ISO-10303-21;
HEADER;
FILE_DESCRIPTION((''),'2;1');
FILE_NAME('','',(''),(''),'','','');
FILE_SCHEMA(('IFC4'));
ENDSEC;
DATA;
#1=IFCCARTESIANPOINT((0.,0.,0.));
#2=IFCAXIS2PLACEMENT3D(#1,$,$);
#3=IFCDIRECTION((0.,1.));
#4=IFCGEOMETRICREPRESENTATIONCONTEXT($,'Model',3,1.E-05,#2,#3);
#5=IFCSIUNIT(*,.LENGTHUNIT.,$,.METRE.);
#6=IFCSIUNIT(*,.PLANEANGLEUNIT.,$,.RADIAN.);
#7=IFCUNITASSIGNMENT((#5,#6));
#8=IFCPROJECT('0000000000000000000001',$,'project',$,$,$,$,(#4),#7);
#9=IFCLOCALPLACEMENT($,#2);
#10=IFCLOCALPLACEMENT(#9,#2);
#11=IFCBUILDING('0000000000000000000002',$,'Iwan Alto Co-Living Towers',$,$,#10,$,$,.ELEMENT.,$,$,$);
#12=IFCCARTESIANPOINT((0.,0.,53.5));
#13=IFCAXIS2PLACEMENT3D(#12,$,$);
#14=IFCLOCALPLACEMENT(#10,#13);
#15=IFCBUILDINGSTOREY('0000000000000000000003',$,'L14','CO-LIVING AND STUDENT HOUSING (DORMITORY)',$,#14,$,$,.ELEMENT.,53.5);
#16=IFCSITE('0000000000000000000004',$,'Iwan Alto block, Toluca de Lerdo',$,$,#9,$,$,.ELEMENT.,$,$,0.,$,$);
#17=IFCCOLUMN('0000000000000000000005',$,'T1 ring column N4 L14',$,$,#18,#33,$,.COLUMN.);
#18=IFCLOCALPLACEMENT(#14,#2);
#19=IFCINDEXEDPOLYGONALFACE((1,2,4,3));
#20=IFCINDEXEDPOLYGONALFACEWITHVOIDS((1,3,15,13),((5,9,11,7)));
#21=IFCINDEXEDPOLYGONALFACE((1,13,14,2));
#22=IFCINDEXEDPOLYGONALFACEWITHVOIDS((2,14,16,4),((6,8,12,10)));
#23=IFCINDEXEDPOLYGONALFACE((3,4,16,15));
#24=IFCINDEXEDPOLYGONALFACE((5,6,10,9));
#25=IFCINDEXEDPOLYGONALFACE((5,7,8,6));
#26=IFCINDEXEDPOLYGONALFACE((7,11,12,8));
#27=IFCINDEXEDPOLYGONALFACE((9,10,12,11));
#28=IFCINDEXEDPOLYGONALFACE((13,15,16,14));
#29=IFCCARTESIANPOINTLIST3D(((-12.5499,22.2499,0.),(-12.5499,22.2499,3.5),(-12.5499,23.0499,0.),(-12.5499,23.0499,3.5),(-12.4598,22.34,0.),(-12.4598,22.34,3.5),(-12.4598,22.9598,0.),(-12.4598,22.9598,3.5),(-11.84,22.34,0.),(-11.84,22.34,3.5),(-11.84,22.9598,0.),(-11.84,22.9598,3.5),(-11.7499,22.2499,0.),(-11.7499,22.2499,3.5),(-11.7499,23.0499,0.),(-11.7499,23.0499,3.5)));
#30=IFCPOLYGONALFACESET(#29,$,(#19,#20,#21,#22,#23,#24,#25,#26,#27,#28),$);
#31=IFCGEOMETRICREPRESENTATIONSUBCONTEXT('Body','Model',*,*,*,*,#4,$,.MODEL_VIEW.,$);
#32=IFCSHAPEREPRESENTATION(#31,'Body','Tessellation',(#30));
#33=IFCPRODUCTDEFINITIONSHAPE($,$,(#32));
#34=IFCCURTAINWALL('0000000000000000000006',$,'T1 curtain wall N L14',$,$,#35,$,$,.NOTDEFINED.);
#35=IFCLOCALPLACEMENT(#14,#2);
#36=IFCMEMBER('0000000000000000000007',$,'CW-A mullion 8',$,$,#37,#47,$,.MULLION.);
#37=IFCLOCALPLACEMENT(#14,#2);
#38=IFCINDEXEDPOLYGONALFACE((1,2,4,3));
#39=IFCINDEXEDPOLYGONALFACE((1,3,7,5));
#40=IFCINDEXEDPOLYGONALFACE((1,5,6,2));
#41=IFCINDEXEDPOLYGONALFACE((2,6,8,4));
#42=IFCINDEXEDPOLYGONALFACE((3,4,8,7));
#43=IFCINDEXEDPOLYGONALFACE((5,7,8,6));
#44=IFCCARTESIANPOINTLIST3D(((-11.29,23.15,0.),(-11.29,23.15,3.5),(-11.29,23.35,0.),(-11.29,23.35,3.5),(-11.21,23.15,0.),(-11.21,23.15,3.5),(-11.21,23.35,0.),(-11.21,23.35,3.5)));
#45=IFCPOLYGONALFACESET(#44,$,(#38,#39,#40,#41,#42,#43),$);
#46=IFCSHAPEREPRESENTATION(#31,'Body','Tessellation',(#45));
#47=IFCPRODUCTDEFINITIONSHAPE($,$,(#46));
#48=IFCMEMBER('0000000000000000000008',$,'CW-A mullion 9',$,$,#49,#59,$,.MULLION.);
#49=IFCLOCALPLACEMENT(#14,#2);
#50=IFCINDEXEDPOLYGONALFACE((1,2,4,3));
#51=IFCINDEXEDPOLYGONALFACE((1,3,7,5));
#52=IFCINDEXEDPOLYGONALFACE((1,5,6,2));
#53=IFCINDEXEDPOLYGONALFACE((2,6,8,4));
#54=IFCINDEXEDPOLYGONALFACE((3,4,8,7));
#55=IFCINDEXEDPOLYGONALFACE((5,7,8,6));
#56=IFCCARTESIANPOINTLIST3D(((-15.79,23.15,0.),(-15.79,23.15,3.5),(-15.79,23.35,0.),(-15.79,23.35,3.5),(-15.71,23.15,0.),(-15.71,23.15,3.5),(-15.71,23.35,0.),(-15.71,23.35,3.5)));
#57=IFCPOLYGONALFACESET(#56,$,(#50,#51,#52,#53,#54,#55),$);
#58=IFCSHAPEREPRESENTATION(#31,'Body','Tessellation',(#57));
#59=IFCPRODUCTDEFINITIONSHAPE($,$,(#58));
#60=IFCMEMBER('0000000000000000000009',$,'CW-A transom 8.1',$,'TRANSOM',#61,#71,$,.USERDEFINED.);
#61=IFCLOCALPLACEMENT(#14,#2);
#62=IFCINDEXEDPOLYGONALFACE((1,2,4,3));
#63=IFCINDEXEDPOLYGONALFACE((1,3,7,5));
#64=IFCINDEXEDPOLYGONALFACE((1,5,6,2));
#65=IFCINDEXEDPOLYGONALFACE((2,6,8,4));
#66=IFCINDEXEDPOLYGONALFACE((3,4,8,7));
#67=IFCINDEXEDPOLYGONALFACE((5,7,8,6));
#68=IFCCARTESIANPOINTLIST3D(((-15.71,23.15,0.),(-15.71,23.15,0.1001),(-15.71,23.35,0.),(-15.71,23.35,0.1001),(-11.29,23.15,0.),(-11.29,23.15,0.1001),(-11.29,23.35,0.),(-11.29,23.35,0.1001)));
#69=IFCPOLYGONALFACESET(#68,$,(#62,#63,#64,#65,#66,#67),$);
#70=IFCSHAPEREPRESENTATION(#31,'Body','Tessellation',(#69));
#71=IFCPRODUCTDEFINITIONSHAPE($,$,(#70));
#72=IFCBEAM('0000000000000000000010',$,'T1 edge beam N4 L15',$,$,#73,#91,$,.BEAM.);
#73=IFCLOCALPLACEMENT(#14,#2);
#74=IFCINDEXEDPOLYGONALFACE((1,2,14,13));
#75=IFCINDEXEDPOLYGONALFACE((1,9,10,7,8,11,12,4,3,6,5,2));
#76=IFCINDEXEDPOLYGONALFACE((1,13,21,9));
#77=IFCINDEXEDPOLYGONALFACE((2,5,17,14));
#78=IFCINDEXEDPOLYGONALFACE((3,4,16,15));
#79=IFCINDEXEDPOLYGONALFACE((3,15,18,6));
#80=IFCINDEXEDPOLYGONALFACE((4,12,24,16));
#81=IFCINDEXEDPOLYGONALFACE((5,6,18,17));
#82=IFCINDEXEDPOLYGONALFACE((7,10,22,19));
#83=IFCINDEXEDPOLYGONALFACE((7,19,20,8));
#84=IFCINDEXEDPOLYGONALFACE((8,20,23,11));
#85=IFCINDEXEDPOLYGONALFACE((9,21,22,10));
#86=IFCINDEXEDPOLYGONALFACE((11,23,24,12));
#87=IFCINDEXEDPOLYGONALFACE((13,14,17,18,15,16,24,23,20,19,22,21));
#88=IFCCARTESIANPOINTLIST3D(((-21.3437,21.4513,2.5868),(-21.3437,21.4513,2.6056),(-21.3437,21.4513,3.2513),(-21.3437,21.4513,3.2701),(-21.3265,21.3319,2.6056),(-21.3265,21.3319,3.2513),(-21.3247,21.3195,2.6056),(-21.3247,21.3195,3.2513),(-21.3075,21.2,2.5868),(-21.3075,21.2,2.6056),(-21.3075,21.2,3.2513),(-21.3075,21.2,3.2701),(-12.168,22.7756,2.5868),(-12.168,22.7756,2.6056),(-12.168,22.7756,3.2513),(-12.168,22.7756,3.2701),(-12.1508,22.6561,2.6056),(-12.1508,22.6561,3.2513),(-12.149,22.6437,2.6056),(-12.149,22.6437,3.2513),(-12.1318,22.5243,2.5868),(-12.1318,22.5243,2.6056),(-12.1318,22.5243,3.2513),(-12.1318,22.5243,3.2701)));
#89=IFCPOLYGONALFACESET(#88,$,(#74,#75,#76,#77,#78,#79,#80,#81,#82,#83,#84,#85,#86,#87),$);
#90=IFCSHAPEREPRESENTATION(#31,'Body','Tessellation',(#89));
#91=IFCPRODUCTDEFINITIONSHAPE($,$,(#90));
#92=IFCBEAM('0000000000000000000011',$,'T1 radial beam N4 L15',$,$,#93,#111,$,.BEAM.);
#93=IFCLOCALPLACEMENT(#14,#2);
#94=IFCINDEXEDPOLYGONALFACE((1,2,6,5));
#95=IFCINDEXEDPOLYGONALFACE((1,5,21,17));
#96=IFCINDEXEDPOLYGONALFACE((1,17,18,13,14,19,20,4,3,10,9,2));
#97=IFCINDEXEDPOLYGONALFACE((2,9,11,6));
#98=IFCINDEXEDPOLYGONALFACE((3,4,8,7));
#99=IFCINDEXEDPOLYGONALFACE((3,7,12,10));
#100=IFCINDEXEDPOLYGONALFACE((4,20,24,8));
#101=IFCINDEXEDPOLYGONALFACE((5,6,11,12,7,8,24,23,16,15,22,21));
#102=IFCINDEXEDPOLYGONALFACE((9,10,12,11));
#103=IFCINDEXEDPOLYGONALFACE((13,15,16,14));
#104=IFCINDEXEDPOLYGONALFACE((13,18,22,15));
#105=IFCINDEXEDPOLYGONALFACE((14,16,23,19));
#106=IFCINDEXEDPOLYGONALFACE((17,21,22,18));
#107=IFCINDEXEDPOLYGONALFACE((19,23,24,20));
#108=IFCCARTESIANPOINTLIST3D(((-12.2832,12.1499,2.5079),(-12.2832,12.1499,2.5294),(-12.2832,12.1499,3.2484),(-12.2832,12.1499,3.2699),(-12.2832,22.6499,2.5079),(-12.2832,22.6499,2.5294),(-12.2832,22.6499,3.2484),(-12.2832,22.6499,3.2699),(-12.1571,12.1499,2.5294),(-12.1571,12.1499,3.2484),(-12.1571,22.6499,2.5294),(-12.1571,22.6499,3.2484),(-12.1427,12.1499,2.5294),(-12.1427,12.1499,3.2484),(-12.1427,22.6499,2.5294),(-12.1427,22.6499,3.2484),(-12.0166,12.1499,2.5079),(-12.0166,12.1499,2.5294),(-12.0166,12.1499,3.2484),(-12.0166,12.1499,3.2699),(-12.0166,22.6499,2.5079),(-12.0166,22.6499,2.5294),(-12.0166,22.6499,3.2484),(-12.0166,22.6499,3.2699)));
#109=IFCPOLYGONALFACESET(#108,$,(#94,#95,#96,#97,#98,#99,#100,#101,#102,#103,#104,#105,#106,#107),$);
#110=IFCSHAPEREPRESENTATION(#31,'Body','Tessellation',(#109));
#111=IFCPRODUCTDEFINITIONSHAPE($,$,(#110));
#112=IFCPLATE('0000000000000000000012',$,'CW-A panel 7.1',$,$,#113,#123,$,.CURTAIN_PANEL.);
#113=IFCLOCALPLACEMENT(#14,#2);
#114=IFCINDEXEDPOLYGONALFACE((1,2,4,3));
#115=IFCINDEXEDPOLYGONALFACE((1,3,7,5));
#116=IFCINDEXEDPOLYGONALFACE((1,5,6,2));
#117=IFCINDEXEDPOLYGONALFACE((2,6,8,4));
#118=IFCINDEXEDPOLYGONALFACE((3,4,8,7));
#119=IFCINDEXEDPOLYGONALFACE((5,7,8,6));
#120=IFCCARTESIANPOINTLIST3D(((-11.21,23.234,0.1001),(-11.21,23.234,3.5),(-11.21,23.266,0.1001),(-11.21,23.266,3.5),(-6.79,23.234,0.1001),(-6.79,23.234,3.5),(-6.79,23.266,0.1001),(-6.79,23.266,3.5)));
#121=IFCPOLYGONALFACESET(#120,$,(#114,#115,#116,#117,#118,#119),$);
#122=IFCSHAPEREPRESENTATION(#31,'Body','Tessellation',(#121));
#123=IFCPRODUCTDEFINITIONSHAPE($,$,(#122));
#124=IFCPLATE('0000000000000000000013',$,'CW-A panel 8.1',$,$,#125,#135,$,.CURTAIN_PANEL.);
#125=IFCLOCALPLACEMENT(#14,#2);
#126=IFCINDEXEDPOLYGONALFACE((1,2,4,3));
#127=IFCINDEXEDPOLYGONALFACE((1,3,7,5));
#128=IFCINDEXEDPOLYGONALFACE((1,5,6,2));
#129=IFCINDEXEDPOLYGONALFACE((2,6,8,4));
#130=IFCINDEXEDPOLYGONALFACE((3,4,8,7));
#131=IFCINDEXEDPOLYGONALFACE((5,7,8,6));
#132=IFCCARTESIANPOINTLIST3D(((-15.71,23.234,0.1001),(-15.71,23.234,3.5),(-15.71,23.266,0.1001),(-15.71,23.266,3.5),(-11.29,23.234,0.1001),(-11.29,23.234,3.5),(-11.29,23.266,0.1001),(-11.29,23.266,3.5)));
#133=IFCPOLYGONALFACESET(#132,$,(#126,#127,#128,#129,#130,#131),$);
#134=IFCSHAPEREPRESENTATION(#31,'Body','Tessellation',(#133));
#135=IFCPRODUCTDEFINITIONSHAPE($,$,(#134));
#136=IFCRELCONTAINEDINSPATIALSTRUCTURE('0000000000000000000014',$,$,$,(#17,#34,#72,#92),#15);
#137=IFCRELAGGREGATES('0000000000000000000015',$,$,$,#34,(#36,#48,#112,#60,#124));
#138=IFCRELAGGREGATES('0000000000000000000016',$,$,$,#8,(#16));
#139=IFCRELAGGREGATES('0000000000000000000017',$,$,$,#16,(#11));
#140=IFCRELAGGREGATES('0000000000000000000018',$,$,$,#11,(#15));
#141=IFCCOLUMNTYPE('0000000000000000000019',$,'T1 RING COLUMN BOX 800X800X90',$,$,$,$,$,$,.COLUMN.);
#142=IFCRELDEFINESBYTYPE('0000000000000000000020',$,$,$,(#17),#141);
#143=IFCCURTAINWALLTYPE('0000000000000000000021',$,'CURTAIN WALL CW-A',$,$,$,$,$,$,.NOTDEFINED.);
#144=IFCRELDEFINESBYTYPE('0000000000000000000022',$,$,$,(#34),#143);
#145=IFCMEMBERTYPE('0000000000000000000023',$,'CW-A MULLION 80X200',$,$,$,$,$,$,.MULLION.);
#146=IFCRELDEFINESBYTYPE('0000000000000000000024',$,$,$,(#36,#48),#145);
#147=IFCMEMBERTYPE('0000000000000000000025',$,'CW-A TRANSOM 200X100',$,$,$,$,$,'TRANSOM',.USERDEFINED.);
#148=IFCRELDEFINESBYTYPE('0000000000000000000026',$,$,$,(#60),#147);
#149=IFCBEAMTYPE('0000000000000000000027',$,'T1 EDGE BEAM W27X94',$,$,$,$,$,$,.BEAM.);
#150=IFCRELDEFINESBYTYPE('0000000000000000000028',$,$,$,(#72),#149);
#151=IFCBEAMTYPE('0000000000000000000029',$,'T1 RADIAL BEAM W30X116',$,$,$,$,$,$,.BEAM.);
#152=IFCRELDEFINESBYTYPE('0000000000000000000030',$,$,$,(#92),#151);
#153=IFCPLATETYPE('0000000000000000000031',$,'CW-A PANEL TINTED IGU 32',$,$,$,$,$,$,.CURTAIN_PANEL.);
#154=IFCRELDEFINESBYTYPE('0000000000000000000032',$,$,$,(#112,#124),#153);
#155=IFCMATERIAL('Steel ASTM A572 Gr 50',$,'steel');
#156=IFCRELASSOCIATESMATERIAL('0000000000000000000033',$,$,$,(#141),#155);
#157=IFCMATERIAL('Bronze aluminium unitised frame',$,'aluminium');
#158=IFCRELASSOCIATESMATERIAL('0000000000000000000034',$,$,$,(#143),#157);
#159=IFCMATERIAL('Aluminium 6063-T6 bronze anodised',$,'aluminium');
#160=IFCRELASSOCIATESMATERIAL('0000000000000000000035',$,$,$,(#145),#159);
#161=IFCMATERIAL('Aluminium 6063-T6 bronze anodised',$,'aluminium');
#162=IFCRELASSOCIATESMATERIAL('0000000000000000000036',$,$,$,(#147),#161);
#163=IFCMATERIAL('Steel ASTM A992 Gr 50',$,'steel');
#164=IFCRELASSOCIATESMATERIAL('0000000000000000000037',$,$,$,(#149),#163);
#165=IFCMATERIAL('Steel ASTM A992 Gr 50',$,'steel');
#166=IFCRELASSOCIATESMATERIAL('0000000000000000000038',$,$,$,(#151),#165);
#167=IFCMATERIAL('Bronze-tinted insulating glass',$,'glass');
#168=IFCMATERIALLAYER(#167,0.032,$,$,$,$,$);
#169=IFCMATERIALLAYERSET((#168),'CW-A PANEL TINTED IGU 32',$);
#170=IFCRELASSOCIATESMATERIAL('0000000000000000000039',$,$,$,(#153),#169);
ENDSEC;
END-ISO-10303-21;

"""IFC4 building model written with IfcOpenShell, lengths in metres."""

from ifc_helpers import new_model, si_unit, direction, frame, origin, origin_2d, place, context, subcontext, project, spatial, rectangle, hollow_rectangle, i_section, extrude, material, layer, layer_set, material_profile, profile_set, type_object, element, aggregate, save


model = new_model("IFC4")

# Units and contexts
model_context = context("Model", 3, precision=1e-05, world=origin(), true_north=direction((0.0, 1.0)))
body_context = subcontext(model_context, "Body", "Model", "MODEL_VIEW")
ifc_project = project(units=[si_unit("LENGTHUNIT", "METRE"), si_unit("PLANEANGLEUNIT", "RADIAN")], contexts=[model_context])

# Site, building, storey
site_placement = place(None, origin())
site = spatial("IfcSite", under=ifc_project, at=site_placement, Name="Iwan Alto block, Toluca de Lerdo", CompositionType="ELEMENT", RefElevation=0.0)
building_placement = place(site_placement, origin())
building = spatial("IfcBuilding", under=site, at=building_placement, Name="Iwan Alto Co-Living Towers", CompositionType="ELEMENT")
storey_placement = place(building_placement, frame((0.0, 0.0, 53.5)))
storey = spatial("IfcBuildingStorey", under=building, at=storey_placement, Name="L14", Description="CO-LIVING AND STUDENT HOUSING (DORMITORY)", CompositionType="ELEMENT", Elevation=53.5)

# Column
ifc_material_1 = material(Name="Steel ASTM A572 Gr 50", Category="steel")
ifc_material_profile_1 = material_profile(ifc_material_1, hollow_rectangle(XDim=0.8, YDim=0.8, WallThickness=0.0901, at=origin_2d()), Name="BOX 800X800X90")
ifc_profile_set_1 = profile_set([ifc_material_profile_1], Name="Steel ASTM A572 Gr 50")
column_type = type_object("IfcColumnType", Name="T1 RING COLUMN BOX 800X800X90", PredefinedType="COLUMN", material=ifc_profile_set_1)
column_placement = place(storey_placement, frame((-12.1499, 22.6499, 0.0), z_axis=(0.0, 0.0, 1.0), x_axis=(1.0, 0.0, 0.0)))
element("IfcColumn", 1, at=column_placement, inside=storey, type_object=column_type, Name="T1 ring column N4 L14", PredefinedType="COLUMN", context=body_context, shape_type="SweptSolid", body=[
    extrude(hollow_rectangle(XDim=0.8, YDim=0.8, WallThickness=0.0901, at=origin_2d()), origin(), (0.0, 0.0, 1.0), 3.5),
])

# Curtain wall, members
ifc_material_2 = material(Name="Bronze aluminium unitised frame", Category="aluminium")
curtain_wall_type = type_object("IfcCurtainWallType", Name="CURTAIN WALL CW-A", PredefinedType="NOTDEFINED", material=ifc_material_2)
curtain_wall_placement = place(storey_placement, origin())
curtain_wall = element("IfcCurtainWall", 2, at=curtain_wall_placement, inside=storey, type_object=curtain_wall_type, Name="T1 curtain wall N L14", PredefinedType="NOTDEFINED")
ifc_material_3 = material(Name="Aluminium 6063-T6 bronze anodised", Category="aluminium")
ifc_material_profile_2 = material_profile(ifc_material_3, rectangle(XDim=0.2, YDim=0.0801, at=origin_2d()), Name="AL 80X200")
ifc_profile_set_2 = profile_set([ifc_material_profile_2], Name="Aluminium 6063-T6 bronze anodised")
member_type_1 = type_object("IfcMemberType", Name="CW-A MULLION 80X200", PredefinedType="MULLION", material=ifc_profile_set_2)
member_1_placement = place(storey_placement, frame((-11.25, 23.25, 0.0), z_axis=(0.0, 0.0, 1.0), x_axis=(0.0, -1.0, 0.0)))
member_1 = element("IfcMember", 3, at=member_1_placement, type_object=member_type_1, Name="CW-A mullion 8", PredefinedType="MULLION", context=body_context, shape_type="SweptSolid", body=[
    extrude(rectangle(XDim=0.2, YDim=0.0801, at=origin_2d()), origin(), (0.0, 0.0, 1.0), 3.5),
])
member_2_placement = place(storey_placement, frame((-15.75, 23.25, 0.0), z_axis=(0.0, 0.0, 1.0), x_axis=(0.0, -1.0, 0.0)))
member_2 = element("IfcMember", 4, at=member_2_placement, type_object=member_type_1, Name="CW-A mullion 9", PredefinedType="MULLION", context=body_context, shape_type="SweptSolid", body=[
    extrude(rectangle(XDim=0.2, YDim=0.0801, at=origin_2d()), origin(), (0.0, 0.0, 1.0), 3.5),
])
ifc_material_4 = material(Name="Aluminium 6063-T6 bronze anodised", Category="aluminium")
ifc_material_profile_3 = material_profile(ifc_material_4, rectangle(XDim=0.2, YDim=0.1001, at=origin_2d()), Name="AL 200X100")
ifc_profile_set_3 = profile_set([ifc_material_profile_3], Name="Aluminium 6063-T6 bronze anodised")
member_type_2 = type_object("IfcMemberType", Name="CW-A TRANSOM 200X100", ElementType="TRANSOM", PredefinedType="USERDEFINED", material=ifc_profile_set_3)
member_3_placement = place(storey_placement, frame((-11.29, 23.25, 0.05), z_axis=(-1.0, 0.0, 0.0), x_axis=(0.0, -1.0, 0.0)))
member_3 = element("IfcMember", 5, at=member_3_placement, type_object=member_type_2, Name="CW-A transom 8.1", ObjectType="TRANSOM", PredefinedType="USERDEFINED", context=body_context, shape_type="SweptSolid", body=[
    extrude(rectangle(XDim=0.2, YDim=0.1001, at=origin_2d()), origin(), (0.0, 0.0, 1.0), 4.4199),
])

# Beams
ifc_material_5 = material(Name="Steel ASTM A992 Gr 50", Category="steel")
ifc_material_profile_4 = material_profile(ifc_material_5, i_section(OverallWidth=0.2539, OverallDepth=0.6833, WebThickness=0.0125, FlangeThickness=0.0188, at=origin_2d()), Name="W27X94")
ifc_profile_set_4 = profile_set([ifc_material_profile_4], Name="Steel ASTM A992 Gr 50")
beam_type_1 = type_object("IfcBeamType", Name="T1 EDGE BEAM W27X94", PredefinedType="BEAM", material=ifc_profile_set_4)
beam_1_placement = place(storey_placement, frame((-12.1499, 22.6499, 2.9285), z_axis=(-0.989746, -0.142837, 0.0), x_axis=(0.142837, -0.989746, 0.0)))
element("IfcBeam", 6, at=beam_1_placement, inside=storey, type_object=beam_type_1, Name="T1 edge beam N4 L15", PredefinedType="BEAM", context=body_context, shape_type="SweptSolid", body=[
    extrude(i_section(OverallWidth=0.2539, OverallDepth=0.6833, WebThickness=0.0125, FlangeThickness=0.0188, at=origin_2d()), origin(), (0.0, 0.0, 1.0), 9.2708),
])
ifc_material_6 = material(Name="Steel ASTM A992 Gr 50", Category="steel")
ifc_material_profile_5 = material_profile(ifc_material_6, i_section(OverallWidth=0.2666, OverallDepth=0.762, WebThickness=0.0144, FlangeThickness=0.0215, at=origin_2d()), Name="W30X116")
ifc_profile_set_5 = profile_set([ifc_material_profile_5], Name="Steel ASTM A992 Gr 50")
beam_type_2 = type_object("IfcBeamType", Name="T1 RADIAL BEAM W30X116", PredefinedType="BEAM", material=ifc_profile_set_5)
beam_2_placement = place(storey_placement, frame((-12.1499, 22.6499, 2.8889), z_axis=(0.0, -1.0, 0.0), x_axis=(1.0, 0.0, 0.0)))
element("IfcBeam", 7, at=beam_2_placement, inside=storey, type_object=beam_type_2, Name="T1 radial beam N4 L15", PredefinedType="BEAM", context=body_context, shape_type="SweptSolid", body=[
    extrude(i_section(OverallWidth=0.2666, OverallDepth=0.762, WebThickness=0.0144, FlangeThickness=0.0215, at=origin_2d()), origin(), (0.0, 0.0, 1.0), 10.5),
])

# Plates
ifc_material_7 = material(Name="Bronze-tinted insulating glass", Category="glass")
ifc_layer_1 = layer(ifc_material_7, 0.032)
ifc_layer_set_1 = layer_set([ifc_layer_1], Name="CW-A PANEL TINTED IGU 32")
plate_type = type_object("IfcPlateType", Name="CW-A PANEL TINTED IGU 32", PredefinedType="CURTAIN_PANEL", material=ifc_layer_set_1)
plate_1_placement = place(storey_placement, frame((-9.0, 23.25, 0.1001), z_axis=(0.0, 0.0, 1.0), x_axis=(-1.0, 0.0, 0.0)))
plate_1 = element("IfcPlate", 8, at=plate_1_placement, type_object=plate_type, Name="CW-A panel 7.1", PredefinedType="CURTAIN_PANEL", context=body_context, shape_type="SweptSolid", body=[
    extrude(rectangle(XDim=4.4199, YDim=0.032, at=origin_2d()), origin(), (0.0, 0.0, 1.0), 3.3999),
])
plate_2_placement = place(storey_placement, frame((-13.5, 23.25, 0.1001), z_axis=(0.0, 0.0, 1.0), x_axis=(-1.0, 0.0, 0.0)))
plate_2 = element("IfcPlate", 9, at=plate_2_placement, type_object=plate_type, Name="CW-A panel 8.1", PredefinedType="CURTAIN_PANEL", context=body_context, shape_type="SweptSolid", body=[
    extrude(rectangle(XDim=4.4199, YDim=0.032, at=origin_2d()), origin(), (0.0, 0.0, 1.0), 3.3999),
])
aggregate(curtain_wall, [member_1, member_2, plate_1, member_3, plate_2])

save(model, "model.ifc")
